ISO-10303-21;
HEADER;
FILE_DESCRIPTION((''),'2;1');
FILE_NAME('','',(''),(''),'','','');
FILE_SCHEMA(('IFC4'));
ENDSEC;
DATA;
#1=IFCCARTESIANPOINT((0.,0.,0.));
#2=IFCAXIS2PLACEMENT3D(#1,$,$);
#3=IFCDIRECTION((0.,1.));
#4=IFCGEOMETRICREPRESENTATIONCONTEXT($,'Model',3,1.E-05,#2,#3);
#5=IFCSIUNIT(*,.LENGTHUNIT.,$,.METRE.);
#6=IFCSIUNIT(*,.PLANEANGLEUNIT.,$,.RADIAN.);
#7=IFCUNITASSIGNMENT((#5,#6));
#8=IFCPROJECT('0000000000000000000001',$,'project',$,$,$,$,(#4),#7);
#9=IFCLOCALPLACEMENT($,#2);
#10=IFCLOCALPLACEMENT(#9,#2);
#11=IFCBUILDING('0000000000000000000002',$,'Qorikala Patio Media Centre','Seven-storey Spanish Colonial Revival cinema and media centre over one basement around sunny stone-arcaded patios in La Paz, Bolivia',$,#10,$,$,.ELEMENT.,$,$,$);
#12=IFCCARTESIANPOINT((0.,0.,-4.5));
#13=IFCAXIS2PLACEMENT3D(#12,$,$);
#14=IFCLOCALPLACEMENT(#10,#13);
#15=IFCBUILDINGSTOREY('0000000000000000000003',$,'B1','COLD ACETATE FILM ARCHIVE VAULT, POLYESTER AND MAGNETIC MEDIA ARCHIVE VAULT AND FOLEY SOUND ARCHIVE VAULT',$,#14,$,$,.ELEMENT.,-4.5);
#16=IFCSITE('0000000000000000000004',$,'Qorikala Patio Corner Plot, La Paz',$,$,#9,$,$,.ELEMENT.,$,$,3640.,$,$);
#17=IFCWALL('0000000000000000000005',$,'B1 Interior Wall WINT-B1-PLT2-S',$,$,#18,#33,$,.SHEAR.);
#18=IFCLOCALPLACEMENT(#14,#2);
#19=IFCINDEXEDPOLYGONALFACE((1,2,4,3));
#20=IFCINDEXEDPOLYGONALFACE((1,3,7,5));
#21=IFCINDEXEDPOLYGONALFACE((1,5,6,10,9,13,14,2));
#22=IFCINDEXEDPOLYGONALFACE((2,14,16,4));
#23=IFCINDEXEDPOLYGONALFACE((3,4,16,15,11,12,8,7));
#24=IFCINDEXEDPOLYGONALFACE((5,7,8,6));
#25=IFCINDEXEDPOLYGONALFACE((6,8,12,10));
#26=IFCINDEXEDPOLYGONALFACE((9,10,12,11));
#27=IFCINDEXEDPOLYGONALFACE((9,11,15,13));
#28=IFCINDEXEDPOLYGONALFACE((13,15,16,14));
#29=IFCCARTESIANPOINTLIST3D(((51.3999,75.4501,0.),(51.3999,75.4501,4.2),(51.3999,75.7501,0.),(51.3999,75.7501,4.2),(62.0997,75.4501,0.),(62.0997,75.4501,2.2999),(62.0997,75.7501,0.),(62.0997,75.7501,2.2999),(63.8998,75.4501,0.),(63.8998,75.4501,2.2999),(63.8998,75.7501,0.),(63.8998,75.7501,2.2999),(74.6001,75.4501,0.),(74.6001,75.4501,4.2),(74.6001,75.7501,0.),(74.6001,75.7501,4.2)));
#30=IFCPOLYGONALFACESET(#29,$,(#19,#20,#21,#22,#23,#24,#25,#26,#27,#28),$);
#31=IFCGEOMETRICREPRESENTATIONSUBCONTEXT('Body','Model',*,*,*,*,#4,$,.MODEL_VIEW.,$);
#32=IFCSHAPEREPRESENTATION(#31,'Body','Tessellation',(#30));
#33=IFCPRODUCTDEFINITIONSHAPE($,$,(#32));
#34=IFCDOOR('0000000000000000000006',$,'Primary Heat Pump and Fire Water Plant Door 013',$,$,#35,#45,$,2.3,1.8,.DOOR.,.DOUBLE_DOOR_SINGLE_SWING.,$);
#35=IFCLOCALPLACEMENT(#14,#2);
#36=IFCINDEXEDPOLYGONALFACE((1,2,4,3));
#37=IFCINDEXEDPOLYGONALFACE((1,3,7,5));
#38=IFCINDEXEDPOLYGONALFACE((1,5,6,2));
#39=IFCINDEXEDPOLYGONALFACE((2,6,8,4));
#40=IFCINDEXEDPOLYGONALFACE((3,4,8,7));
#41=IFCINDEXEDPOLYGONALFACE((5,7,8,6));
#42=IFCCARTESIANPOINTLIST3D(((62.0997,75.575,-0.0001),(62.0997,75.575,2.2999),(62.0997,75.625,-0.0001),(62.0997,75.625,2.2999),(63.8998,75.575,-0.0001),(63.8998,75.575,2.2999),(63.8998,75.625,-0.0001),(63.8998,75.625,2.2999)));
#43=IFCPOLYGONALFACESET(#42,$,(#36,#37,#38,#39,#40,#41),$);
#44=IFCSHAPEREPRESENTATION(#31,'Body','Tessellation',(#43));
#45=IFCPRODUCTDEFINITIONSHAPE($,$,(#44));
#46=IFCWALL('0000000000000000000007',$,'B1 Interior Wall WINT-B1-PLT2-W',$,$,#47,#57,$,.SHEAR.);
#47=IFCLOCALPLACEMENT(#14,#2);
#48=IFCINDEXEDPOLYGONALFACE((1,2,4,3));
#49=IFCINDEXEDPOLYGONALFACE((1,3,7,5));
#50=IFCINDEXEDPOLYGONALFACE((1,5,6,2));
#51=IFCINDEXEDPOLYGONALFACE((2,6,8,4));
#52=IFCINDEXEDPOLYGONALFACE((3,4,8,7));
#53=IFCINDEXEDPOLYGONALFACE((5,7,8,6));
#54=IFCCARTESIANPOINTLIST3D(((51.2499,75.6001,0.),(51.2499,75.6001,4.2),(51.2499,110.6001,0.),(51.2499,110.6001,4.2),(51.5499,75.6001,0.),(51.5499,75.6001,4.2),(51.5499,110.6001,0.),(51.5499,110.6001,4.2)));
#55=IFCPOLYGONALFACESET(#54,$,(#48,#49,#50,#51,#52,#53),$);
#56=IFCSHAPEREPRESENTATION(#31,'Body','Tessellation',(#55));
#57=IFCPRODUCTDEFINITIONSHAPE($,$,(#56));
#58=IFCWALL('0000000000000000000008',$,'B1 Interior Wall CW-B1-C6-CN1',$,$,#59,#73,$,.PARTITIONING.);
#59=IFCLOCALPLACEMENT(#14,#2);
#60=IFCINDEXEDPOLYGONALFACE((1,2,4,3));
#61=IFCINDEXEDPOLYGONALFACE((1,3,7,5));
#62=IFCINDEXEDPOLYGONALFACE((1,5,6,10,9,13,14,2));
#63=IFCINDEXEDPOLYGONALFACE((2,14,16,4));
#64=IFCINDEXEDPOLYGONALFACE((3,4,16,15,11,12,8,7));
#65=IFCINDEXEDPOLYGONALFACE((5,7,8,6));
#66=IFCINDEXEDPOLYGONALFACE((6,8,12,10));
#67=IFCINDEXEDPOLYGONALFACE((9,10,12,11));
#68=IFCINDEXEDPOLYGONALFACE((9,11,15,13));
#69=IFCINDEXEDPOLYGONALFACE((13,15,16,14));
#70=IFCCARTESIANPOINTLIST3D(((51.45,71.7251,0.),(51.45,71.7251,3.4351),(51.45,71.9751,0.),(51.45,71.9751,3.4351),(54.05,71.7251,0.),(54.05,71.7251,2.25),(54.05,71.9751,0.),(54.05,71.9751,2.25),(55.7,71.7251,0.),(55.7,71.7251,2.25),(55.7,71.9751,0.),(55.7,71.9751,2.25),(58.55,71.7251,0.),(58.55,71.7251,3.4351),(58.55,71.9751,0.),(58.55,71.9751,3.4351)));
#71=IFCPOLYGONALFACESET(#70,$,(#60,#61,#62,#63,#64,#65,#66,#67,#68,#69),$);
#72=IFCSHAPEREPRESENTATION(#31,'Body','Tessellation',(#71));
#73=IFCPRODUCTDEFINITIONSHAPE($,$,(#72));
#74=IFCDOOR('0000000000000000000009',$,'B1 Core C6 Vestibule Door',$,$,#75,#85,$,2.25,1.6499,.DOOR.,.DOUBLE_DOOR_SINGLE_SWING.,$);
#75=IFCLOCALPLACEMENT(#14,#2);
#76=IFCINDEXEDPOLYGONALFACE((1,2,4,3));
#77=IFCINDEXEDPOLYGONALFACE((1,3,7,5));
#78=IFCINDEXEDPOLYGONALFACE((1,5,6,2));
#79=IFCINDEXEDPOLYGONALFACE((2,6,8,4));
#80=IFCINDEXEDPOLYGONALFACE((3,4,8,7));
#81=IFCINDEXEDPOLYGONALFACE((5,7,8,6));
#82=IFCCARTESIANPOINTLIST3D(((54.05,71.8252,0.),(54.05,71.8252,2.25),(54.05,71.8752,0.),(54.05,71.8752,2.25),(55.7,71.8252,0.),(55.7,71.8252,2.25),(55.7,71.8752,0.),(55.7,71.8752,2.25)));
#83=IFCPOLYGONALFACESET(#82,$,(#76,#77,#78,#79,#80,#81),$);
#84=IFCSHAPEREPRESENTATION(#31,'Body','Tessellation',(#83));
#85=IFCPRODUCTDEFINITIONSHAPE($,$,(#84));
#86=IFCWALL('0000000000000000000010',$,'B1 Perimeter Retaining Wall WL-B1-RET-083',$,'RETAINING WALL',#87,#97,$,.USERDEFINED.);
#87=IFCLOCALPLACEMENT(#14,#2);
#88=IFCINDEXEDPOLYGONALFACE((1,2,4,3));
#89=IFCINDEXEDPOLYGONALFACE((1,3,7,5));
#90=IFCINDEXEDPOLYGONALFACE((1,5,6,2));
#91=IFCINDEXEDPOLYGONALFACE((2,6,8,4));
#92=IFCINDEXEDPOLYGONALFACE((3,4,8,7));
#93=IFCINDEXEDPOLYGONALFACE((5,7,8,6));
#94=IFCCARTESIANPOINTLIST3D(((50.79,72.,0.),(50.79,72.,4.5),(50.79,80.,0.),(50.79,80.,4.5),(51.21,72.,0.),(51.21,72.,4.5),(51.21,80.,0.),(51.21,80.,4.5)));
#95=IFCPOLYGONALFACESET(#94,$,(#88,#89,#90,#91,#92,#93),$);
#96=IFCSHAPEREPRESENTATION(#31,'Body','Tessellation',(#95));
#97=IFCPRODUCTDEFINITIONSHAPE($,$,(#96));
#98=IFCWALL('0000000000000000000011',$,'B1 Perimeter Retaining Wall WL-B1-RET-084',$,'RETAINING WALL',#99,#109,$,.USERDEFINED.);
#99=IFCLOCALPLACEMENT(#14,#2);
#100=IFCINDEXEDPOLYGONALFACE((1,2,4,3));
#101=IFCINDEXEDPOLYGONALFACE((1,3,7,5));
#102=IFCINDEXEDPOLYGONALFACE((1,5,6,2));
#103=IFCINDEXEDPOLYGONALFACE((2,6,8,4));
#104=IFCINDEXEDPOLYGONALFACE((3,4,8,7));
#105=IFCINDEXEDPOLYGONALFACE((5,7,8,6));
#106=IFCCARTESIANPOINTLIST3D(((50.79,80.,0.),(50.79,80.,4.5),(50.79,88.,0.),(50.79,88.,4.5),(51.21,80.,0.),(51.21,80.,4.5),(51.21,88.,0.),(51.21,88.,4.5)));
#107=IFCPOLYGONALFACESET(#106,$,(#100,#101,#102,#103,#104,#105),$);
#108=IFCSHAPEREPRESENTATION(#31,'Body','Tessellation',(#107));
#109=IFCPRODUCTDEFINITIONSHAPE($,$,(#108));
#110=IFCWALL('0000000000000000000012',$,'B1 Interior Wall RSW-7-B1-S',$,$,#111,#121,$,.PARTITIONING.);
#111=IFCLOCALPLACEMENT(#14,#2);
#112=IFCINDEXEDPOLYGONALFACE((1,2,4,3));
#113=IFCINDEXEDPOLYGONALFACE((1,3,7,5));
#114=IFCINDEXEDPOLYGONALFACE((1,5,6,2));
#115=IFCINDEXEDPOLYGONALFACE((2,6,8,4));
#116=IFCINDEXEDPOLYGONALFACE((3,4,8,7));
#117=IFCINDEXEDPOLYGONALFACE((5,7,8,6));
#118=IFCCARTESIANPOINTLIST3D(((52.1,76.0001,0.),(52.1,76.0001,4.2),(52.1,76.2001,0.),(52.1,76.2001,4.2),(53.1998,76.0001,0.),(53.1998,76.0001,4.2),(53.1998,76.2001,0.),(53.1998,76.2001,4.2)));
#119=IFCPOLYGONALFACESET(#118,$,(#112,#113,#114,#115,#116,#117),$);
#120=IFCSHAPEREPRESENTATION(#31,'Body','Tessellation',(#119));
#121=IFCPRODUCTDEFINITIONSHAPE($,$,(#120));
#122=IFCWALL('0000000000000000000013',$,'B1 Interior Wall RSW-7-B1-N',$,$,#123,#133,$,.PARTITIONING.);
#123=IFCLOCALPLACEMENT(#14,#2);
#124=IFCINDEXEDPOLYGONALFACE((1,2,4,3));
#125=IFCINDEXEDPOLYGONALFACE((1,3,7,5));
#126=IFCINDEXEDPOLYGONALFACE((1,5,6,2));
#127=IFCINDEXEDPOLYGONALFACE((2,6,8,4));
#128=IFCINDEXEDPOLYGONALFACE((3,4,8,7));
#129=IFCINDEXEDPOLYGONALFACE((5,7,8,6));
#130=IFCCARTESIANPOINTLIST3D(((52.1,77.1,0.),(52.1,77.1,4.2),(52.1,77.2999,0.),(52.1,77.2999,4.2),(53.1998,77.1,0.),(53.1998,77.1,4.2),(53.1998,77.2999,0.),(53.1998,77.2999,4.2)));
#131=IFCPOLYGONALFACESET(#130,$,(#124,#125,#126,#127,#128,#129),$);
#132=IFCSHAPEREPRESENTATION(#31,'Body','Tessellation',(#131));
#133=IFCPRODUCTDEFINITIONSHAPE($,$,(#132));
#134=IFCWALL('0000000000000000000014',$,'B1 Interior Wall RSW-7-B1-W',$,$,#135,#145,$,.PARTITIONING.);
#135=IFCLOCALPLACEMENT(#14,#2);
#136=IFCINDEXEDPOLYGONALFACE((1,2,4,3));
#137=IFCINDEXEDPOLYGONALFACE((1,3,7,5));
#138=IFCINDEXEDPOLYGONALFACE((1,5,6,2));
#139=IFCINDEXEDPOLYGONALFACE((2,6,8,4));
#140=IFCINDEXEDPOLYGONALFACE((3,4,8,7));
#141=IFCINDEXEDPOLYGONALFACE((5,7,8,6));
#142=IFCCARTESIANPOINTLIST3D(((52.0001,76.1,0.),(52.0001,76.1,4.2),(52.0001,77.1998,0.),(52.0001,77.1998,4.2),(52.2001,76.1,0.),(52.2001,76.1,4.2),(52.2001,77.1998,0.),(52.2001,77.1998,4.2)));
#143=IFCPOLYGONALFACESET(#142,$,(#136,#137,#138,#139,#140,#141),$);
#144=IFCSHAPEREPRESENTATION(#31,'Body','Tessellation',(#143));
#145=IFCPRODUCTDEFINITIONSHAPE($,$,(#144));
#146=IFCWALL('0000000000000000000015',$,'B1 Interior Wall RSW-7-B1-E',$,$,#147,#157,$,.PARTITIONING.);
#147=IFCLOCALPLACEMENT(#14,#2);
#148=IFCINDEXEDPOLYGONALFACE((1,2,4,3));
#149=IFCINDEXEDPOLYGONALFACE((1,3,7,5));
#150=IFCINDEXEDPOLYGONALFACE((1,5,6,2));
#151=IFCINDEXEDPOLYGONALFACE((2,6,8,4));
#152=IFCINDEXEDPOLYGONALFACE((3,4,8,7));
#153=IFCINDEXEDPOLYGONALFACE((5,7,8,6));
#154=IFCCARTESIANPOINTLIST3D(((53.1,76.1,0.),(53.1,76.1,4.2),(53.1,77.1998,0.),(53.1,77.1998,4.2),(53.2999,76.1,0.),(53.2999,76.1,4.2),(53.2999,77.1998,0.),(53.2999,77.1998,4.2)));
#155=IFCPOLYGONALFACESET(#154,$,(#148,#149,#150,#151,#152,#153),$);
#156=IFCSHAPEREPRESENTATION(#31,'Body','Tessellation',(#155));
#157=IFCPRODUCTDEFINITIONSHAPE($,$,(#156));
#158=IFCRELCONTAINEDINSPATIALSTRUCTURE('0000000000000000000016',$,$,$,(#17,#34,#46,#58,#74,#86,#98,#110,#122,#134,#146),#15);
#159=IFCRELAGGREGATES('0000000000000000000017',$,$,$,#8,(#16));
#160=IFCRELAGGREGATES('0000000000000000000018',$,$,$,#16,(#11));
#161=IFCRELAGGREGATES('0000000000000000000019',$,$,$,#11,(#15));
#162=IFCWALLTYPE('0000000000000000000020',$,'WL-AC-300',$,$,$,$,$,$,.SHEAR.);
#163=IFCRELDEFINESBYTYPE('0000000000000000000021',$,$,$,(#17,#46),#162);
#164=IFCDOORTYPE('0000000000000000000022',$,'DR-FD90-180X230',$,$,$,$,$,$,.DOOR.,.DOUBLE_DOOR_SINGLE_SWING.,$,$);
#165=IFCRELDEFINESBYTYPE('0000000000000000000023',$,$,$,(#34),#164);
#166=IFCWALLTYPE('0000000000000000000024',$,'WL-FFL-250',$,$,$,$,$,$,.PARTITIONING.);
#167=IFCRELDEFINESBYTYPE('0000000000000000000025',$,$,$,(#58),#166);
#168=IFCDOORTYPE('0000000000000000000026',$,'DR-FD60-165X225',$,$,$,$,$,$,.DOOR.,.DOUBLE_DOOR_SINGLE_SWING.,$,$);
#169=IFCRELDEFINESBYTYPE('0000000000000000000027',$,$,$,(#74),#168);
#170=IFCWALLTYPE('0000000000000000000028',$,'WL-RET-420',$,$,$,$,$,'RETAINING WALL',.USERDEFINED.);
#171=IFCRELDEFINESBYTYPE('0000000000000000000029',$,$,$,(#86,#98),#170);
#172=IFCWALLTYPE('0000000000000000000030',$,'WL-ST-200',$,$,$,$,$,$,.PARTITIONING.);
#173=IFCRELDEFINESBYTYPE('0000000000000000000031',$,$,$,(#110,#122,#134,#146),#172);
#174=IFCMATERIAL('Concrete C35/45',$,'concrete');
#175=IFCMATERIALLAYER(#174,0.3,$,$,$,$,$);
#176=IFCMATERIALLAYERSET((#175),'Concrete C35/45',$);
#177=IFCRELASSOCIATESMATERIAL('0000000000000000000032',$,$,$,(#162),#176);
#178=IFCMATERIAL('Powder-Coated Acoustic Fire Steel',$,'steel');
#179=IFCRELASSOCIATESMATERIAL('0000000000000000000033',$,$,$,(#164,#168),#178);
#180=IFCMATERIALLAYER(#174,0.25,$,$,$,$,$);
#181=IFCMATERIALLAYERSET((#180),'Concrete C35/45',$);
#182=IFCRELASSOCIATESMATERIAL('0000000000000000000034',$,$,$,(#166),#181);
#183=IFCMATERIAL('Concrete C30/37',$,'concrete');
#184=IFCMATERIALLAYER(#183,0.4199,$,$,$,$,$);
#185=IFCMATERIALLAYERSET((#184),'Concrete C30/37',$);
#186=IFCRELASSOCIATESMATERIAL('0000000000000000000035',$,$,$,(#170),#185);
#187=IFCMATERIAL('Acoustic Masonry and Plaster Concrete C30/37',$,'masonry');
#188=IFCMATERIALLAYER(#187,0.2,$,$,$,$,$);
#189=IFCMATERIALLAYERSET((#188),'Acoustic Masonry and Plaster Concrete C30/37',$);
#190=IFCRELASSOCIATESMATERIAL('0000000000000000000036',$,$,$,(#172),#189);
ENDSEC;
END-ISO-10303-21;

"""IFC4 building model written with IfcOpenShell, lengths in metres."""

from ifc_helpers import new_model, si_unit, direction, frame, frame_2d, origin, place, context, subcontext, project, spatial, rectangle, extrude, material, layer, layer_set, type_object, element, fill, save


model = new_model("IFC4")

# Units and contexts
model_context = context("Model", 3, precision=1e-05, world=origin(), true_north=direction((0.0, 1.0)))
body_context = subcontext(model_context, "Body", "Model", "MODEL_VIEW")
ifc_project = project(units=[si_unit("LENGTHUNIT", "METRE"), si_unit("PLANEANGLEUNIT", "RADIAN")], contexts=[model_context])

# Site, building, storey
site_placement = place(None, origin())
site = spatial("IfcSite", under=ifc_project, at=site_placement, Name="Qorikala Patio Corner Plot, La Paz", CompositionType="ELEMENT", RefElevation=3640.0)
building_placement = place(site_placement, origin())
building = spatial("IfcBuilding", under=site, at=building_placement, Name="Qorikala Patio Media Centre", Description="Seven-storey Spanish Colonial Revival cinema and media centre over one basement around sunny stone-arcaded patios in La Paz, Bolivia", CompositionType="ELEMENT")
storey_placement = place(building_placement, frame((0.0, 0.0, -4.5)))
storey = spatial("IfcBuildingStorey", under=building, at=storey_placement, Name="B1", Description="COLD ACETATE FILM ARCHIVE VAULT, POLYESTER AND MAGNETIC MEDIA ARCHIVE VAULT AND FOLEY SOUND ARCHIVE VAULT", CompositionType="ELEMENT", Elevation=-4.5)

# Shared definitions
ifc_material_1 = material(Name="Concrete C30/37", Category="concrete")

# Shared definitions
ifc_material_2 = material(Name="Concrete C35/45", Category="concrete")

# Wall, opening, door
ifc_layer_1 = layer(ifc_material_2, 0.3)
ifc_layer_set_1 = layer_set([ifc_layer_1], Name="Concrete C35/45")
wall_type_1 = type_object("IfcWallType", Name="WL-AC-300", PredefinedType="SHEAR", material=ifc_layer_set_1)
wall_1_placement = place(storey_placement, frame((51.3999, 75.6001, 0.0), z_axis=(0.0, 0.0, 1.0), x_axis=(1.0, 0.0, 0.0)))
wall_1 = element("IfcWall", 1, at=wall_1_placement, inside=storey, type_object=wall_type_1, Name="B1 Interior Wall WINT-B1-PLT2-S", PredefinedType="SHEAR", context=body_context, shape_type="SweptSolid", body=[
    extrude(rectangle(XDim=23.2002, YDim=0.3, at=frame_2d((11.6001, 0.0))), origin(), (0.0, 0.0, 1.0), 4.2),
])
opening_1_placement = place(wall_1_placement, frame((10.7, 0.0, 0.0)))
opening_1 = element("IfcOpeningElement", 2, at=opening_1_placement, cuts=wall_1, PredefinedType="OPENING", context=body_context, shape_type="SweptSolid", body=[
    extrude(rectangle(XDim=1.8, YDim=2.3, at=frame_2d((0.8999, 1.1499))), frame((0.0, 0.1599, 0.0), z_axis=(0.0, -1.0, 0.0), x_axis=(1.0, 0.0, 0.0)), (0.0, 0.0, 1.0), 0.3201),
])
ifc_material_3 = material(Name="Powder-Coated Acoustic Fire Steel", Category="steel")
door_type_1 = type_object("IfcDoorType", Name="DR-FD90-180X230", OperationType="DOUBLE_DOOR_SINGLE_SWING", PredefinedType="DOOR", material=ifc_material_3)
door_1_placement = place(opening_1_placement, origin())
door_1 = element("IfcDoor", 3, at=door_1_placement, inside=storey, type_object=door_type_1, Name="Primary Heat Pump and Fire Water Plant Door 013", OperationType="DOUBLE_DOOR_SINGLE_SWING", OverallHeight=2.3, OverallWidth=1.8, PredefinedType="DOOR", context=body_context, shape_type="SweptSolid", body=[
    extrude(rectangle(XDim=1.8, YDim=2.3, at=frame_2d((0.8999, 1.1499))), frame((0.0, 0.0249, 0.0), z_axis=(0.0, -1.0, 0.0), x_axis=(1.0, 0.0, 0.0)), (0.0, 0.0, 1.0), 0.05),
])
fill(opening_1, door_1)

# Wall
wall_2_placement = place(storey_placement, frame((51.3999, 75.6001, 0.0), z_axis=(0.0, 0.0, 1.0), x_axis=(0.0, 1.0, 0.0)))
element("IfcWall", 4, at=wall_2_placement, inside=storey, type_object=wall_type_1, Name="B1 Interior Wall WINT-B1-PLT2-W", PredefinedType="SHEAR", context=body_context, shape_type="SweptSolid", body=[
    extrude(rectangle(XDim=35.0, YDim=0.3, at=frame_2d((17.5, 0.0))), origin(), (0.0, 0.0, 1.0), 4.2),
])

# Wall, opening, door
ifc_layer_2 = layer(ifc_material_2, 0.25)
ifc_layer_set_2 = layer_set([ifc_layer_2], Name="Concrete C35/45")
wall_type_2 = type_object("IfcWallType", Name="WL-FFL-250", PredefinedType="PARTITIONING", material=ifc_layer_set_2)
wall_3_placement = place(storey_placement, frame((51.45, 71.8501, 0.0), z_axis=(0.0, 0.0, 1.0), x_axis=(1.0, 0.0, 0.0)))
wall_3 = element("IfcWall", 5, at=wall_3_placement, inside=storey, type_object=wall_type_2, Name="B1 Interior Wall CW-B1-C6-CN1", PredefinedType="PARTITIONING", context=body_context, shape_type="SweptSolid", body=[
    extrude(rectangle(XDim=7.1001, YDim=0.25, at=frame_2d((3.55, 0.0))), origin(), (0.0, 0.0, 1.0), 3.4351),
])
opening_2_placement = place(wall_3_placement, frame((2.6001, 0.0, 0.0)))
opening_2 = element("IfcOpeningElement", 6, at=opening_2_placement, cuts=wall_3, PredefinedType="OPENING", context=body_context, shape_type="SweptSolid", body=[
    extrude(rectangle(XDim=1.6499, YDim=2.25, at=frame_2d((0.825, 1.125))), frame((0.0, 0.135, 0.0), z_axis=(0.0, -1.0, 0.0), x_axis=(1.0, 0.0, 0.0)), (0.0, 0.0, 1.0), 0.27),
])
door_type_2 = type_object("IfcDoorType", Name="DR-FD60-165X225", OperationType="DOUBLE_DOOR_SINGLE_SWING", PredefinedType="DOOR", material=ifc_material_3)
door_2_placement = place(opening_2_placement, frame((1.6499, 0.0, 0.0), z_axis=(0.0, 0.0, 1.0), x_axis=(-1.0, 0.0, 0.0)))
door_2 = element("IfcDoor", 7, at=door_2_placement, inside=storey, type_object=door_type_2, Name="B1 Core C6 Vestibule Door", OperationType="DOUBLE_DOOR_SINGLE_SWING", OverallHeight=2.25, OverallWidth=1.6499, PredefinedType="DOOR", context=body_context, shape_type="SweptSolid", body=[
    extrude(rectangle(XDim=1.6499, YDim=2.25, at=frame_2d((0.825, 1.125))), frame((0.0, 0.0249, 0.0), z_axis=(0.0, -1.0, 0.0), x_axis=(1.0, 0.0, 0.0)), (0.0, 0.0, 1.0), 0.05),
])
fill(opening_2, door_2)

# Walls
ifc_layer_3 = layer(ifc_material_1, 0.4199)
ifc_layer_set_3 = layer_set([ifc_layer_3], Name="Concrete C30/37")
wall_type_3 = type_object("IfcWallType", Name="WL-RET-420", ElementType="RETAINING WALL", PredefinedType="USERDEFINED", material=ifc_layer_set_3)
for number, where, z_axis, x_axis, name in (
    (8, (51.0, 72.0, 0.0), (0.0, 0.0, 1.0), (0.0, 1.0, 0.0), "B1 Perimeter Retaining Wall WL-B1-RET-083"),
    (9, (51.0, 80.0, 0.0), (0.0, 0.0, 1.0), (0.0, 1.0, 0.0), "B1 Perimeter Retaining Wall WL-B1-RET-084"),
):
    element("IfcWall", number, at=place(storey_placement, frame(where, z_axis=z_axis, x_axis=x_axis)), inside=storey, type_object=wall_type_3, Name=name, ObjectType="RETAINING WALL", PredefinedType="USERDEFINED", context=body_context, shape_type="SweptSolid", body=[
        extrude(rectangle(XDim=8.0, YDim=0.4199, at=frame_2d((4.0, 0.0))), origin(), (0.0, 0.0, 1.0), 4.5),
    ])
ifc_material_4 = material(Name="Acoustic Masonry and Plaster Concrete C30/37", Category="masonry")
ifc_layer_4 = layer(ifc_material_4, 0.2)
ifc_layer_set_4 = layer_set([ifc_layer_4], Name="Acoustic Masonry and Plaster Concrete C30/37")
wall_type_4 = type_object("IfcWallType", Name="WL-ST-200", PredefinedType="PARTITIONING", material=ifc_layer_set_4)
for number, where, z_axis, x_axis, name in (
    (10, (52.1001, 76.1001, 0.0), (0.0, 0.0, 1.0), (1.0, 0.0, 0.0), "B1 Interior Wall RSW-7-B1-S"),
    (11, (52.1001, 77.2, 0.0), (0.0, 0.0, 1.0), (1.0, 0.0, 0.0), "B1 Interior Wall RSW-7-B1-N"),
    (12, (52.1001, 76.1001, 0.0), (0.0, 0.0, 1.0), (0.0, 1.0, 0.0), "B1 Interior Wall RSW-7-B1-W"),
    (13, (53.2, 76.1001, 0.0), (0.0, 0.0, 1.0), (0.0, 1.0, 0.0), "B1 Interior Wall RSW-7-B1-E"),
):
    element("IfcWall", number, at=place(storey_placement, frame(where, z_axis=z_axis, x_axis=x_axis)), inside=storey, type_object=wall_type_4, Name=name, PredefinedType="PARTITIONING", context=body_context, shape_type="SweptSolid", body=[
        extrude(rectangle(XDim=1.0999, YDim=0.2, at=frame_2d((0.5498, 0.0))), origin(), (0.0, 0.0, 1.0), 4.2),
    ])

save(model, "model.ifc")
